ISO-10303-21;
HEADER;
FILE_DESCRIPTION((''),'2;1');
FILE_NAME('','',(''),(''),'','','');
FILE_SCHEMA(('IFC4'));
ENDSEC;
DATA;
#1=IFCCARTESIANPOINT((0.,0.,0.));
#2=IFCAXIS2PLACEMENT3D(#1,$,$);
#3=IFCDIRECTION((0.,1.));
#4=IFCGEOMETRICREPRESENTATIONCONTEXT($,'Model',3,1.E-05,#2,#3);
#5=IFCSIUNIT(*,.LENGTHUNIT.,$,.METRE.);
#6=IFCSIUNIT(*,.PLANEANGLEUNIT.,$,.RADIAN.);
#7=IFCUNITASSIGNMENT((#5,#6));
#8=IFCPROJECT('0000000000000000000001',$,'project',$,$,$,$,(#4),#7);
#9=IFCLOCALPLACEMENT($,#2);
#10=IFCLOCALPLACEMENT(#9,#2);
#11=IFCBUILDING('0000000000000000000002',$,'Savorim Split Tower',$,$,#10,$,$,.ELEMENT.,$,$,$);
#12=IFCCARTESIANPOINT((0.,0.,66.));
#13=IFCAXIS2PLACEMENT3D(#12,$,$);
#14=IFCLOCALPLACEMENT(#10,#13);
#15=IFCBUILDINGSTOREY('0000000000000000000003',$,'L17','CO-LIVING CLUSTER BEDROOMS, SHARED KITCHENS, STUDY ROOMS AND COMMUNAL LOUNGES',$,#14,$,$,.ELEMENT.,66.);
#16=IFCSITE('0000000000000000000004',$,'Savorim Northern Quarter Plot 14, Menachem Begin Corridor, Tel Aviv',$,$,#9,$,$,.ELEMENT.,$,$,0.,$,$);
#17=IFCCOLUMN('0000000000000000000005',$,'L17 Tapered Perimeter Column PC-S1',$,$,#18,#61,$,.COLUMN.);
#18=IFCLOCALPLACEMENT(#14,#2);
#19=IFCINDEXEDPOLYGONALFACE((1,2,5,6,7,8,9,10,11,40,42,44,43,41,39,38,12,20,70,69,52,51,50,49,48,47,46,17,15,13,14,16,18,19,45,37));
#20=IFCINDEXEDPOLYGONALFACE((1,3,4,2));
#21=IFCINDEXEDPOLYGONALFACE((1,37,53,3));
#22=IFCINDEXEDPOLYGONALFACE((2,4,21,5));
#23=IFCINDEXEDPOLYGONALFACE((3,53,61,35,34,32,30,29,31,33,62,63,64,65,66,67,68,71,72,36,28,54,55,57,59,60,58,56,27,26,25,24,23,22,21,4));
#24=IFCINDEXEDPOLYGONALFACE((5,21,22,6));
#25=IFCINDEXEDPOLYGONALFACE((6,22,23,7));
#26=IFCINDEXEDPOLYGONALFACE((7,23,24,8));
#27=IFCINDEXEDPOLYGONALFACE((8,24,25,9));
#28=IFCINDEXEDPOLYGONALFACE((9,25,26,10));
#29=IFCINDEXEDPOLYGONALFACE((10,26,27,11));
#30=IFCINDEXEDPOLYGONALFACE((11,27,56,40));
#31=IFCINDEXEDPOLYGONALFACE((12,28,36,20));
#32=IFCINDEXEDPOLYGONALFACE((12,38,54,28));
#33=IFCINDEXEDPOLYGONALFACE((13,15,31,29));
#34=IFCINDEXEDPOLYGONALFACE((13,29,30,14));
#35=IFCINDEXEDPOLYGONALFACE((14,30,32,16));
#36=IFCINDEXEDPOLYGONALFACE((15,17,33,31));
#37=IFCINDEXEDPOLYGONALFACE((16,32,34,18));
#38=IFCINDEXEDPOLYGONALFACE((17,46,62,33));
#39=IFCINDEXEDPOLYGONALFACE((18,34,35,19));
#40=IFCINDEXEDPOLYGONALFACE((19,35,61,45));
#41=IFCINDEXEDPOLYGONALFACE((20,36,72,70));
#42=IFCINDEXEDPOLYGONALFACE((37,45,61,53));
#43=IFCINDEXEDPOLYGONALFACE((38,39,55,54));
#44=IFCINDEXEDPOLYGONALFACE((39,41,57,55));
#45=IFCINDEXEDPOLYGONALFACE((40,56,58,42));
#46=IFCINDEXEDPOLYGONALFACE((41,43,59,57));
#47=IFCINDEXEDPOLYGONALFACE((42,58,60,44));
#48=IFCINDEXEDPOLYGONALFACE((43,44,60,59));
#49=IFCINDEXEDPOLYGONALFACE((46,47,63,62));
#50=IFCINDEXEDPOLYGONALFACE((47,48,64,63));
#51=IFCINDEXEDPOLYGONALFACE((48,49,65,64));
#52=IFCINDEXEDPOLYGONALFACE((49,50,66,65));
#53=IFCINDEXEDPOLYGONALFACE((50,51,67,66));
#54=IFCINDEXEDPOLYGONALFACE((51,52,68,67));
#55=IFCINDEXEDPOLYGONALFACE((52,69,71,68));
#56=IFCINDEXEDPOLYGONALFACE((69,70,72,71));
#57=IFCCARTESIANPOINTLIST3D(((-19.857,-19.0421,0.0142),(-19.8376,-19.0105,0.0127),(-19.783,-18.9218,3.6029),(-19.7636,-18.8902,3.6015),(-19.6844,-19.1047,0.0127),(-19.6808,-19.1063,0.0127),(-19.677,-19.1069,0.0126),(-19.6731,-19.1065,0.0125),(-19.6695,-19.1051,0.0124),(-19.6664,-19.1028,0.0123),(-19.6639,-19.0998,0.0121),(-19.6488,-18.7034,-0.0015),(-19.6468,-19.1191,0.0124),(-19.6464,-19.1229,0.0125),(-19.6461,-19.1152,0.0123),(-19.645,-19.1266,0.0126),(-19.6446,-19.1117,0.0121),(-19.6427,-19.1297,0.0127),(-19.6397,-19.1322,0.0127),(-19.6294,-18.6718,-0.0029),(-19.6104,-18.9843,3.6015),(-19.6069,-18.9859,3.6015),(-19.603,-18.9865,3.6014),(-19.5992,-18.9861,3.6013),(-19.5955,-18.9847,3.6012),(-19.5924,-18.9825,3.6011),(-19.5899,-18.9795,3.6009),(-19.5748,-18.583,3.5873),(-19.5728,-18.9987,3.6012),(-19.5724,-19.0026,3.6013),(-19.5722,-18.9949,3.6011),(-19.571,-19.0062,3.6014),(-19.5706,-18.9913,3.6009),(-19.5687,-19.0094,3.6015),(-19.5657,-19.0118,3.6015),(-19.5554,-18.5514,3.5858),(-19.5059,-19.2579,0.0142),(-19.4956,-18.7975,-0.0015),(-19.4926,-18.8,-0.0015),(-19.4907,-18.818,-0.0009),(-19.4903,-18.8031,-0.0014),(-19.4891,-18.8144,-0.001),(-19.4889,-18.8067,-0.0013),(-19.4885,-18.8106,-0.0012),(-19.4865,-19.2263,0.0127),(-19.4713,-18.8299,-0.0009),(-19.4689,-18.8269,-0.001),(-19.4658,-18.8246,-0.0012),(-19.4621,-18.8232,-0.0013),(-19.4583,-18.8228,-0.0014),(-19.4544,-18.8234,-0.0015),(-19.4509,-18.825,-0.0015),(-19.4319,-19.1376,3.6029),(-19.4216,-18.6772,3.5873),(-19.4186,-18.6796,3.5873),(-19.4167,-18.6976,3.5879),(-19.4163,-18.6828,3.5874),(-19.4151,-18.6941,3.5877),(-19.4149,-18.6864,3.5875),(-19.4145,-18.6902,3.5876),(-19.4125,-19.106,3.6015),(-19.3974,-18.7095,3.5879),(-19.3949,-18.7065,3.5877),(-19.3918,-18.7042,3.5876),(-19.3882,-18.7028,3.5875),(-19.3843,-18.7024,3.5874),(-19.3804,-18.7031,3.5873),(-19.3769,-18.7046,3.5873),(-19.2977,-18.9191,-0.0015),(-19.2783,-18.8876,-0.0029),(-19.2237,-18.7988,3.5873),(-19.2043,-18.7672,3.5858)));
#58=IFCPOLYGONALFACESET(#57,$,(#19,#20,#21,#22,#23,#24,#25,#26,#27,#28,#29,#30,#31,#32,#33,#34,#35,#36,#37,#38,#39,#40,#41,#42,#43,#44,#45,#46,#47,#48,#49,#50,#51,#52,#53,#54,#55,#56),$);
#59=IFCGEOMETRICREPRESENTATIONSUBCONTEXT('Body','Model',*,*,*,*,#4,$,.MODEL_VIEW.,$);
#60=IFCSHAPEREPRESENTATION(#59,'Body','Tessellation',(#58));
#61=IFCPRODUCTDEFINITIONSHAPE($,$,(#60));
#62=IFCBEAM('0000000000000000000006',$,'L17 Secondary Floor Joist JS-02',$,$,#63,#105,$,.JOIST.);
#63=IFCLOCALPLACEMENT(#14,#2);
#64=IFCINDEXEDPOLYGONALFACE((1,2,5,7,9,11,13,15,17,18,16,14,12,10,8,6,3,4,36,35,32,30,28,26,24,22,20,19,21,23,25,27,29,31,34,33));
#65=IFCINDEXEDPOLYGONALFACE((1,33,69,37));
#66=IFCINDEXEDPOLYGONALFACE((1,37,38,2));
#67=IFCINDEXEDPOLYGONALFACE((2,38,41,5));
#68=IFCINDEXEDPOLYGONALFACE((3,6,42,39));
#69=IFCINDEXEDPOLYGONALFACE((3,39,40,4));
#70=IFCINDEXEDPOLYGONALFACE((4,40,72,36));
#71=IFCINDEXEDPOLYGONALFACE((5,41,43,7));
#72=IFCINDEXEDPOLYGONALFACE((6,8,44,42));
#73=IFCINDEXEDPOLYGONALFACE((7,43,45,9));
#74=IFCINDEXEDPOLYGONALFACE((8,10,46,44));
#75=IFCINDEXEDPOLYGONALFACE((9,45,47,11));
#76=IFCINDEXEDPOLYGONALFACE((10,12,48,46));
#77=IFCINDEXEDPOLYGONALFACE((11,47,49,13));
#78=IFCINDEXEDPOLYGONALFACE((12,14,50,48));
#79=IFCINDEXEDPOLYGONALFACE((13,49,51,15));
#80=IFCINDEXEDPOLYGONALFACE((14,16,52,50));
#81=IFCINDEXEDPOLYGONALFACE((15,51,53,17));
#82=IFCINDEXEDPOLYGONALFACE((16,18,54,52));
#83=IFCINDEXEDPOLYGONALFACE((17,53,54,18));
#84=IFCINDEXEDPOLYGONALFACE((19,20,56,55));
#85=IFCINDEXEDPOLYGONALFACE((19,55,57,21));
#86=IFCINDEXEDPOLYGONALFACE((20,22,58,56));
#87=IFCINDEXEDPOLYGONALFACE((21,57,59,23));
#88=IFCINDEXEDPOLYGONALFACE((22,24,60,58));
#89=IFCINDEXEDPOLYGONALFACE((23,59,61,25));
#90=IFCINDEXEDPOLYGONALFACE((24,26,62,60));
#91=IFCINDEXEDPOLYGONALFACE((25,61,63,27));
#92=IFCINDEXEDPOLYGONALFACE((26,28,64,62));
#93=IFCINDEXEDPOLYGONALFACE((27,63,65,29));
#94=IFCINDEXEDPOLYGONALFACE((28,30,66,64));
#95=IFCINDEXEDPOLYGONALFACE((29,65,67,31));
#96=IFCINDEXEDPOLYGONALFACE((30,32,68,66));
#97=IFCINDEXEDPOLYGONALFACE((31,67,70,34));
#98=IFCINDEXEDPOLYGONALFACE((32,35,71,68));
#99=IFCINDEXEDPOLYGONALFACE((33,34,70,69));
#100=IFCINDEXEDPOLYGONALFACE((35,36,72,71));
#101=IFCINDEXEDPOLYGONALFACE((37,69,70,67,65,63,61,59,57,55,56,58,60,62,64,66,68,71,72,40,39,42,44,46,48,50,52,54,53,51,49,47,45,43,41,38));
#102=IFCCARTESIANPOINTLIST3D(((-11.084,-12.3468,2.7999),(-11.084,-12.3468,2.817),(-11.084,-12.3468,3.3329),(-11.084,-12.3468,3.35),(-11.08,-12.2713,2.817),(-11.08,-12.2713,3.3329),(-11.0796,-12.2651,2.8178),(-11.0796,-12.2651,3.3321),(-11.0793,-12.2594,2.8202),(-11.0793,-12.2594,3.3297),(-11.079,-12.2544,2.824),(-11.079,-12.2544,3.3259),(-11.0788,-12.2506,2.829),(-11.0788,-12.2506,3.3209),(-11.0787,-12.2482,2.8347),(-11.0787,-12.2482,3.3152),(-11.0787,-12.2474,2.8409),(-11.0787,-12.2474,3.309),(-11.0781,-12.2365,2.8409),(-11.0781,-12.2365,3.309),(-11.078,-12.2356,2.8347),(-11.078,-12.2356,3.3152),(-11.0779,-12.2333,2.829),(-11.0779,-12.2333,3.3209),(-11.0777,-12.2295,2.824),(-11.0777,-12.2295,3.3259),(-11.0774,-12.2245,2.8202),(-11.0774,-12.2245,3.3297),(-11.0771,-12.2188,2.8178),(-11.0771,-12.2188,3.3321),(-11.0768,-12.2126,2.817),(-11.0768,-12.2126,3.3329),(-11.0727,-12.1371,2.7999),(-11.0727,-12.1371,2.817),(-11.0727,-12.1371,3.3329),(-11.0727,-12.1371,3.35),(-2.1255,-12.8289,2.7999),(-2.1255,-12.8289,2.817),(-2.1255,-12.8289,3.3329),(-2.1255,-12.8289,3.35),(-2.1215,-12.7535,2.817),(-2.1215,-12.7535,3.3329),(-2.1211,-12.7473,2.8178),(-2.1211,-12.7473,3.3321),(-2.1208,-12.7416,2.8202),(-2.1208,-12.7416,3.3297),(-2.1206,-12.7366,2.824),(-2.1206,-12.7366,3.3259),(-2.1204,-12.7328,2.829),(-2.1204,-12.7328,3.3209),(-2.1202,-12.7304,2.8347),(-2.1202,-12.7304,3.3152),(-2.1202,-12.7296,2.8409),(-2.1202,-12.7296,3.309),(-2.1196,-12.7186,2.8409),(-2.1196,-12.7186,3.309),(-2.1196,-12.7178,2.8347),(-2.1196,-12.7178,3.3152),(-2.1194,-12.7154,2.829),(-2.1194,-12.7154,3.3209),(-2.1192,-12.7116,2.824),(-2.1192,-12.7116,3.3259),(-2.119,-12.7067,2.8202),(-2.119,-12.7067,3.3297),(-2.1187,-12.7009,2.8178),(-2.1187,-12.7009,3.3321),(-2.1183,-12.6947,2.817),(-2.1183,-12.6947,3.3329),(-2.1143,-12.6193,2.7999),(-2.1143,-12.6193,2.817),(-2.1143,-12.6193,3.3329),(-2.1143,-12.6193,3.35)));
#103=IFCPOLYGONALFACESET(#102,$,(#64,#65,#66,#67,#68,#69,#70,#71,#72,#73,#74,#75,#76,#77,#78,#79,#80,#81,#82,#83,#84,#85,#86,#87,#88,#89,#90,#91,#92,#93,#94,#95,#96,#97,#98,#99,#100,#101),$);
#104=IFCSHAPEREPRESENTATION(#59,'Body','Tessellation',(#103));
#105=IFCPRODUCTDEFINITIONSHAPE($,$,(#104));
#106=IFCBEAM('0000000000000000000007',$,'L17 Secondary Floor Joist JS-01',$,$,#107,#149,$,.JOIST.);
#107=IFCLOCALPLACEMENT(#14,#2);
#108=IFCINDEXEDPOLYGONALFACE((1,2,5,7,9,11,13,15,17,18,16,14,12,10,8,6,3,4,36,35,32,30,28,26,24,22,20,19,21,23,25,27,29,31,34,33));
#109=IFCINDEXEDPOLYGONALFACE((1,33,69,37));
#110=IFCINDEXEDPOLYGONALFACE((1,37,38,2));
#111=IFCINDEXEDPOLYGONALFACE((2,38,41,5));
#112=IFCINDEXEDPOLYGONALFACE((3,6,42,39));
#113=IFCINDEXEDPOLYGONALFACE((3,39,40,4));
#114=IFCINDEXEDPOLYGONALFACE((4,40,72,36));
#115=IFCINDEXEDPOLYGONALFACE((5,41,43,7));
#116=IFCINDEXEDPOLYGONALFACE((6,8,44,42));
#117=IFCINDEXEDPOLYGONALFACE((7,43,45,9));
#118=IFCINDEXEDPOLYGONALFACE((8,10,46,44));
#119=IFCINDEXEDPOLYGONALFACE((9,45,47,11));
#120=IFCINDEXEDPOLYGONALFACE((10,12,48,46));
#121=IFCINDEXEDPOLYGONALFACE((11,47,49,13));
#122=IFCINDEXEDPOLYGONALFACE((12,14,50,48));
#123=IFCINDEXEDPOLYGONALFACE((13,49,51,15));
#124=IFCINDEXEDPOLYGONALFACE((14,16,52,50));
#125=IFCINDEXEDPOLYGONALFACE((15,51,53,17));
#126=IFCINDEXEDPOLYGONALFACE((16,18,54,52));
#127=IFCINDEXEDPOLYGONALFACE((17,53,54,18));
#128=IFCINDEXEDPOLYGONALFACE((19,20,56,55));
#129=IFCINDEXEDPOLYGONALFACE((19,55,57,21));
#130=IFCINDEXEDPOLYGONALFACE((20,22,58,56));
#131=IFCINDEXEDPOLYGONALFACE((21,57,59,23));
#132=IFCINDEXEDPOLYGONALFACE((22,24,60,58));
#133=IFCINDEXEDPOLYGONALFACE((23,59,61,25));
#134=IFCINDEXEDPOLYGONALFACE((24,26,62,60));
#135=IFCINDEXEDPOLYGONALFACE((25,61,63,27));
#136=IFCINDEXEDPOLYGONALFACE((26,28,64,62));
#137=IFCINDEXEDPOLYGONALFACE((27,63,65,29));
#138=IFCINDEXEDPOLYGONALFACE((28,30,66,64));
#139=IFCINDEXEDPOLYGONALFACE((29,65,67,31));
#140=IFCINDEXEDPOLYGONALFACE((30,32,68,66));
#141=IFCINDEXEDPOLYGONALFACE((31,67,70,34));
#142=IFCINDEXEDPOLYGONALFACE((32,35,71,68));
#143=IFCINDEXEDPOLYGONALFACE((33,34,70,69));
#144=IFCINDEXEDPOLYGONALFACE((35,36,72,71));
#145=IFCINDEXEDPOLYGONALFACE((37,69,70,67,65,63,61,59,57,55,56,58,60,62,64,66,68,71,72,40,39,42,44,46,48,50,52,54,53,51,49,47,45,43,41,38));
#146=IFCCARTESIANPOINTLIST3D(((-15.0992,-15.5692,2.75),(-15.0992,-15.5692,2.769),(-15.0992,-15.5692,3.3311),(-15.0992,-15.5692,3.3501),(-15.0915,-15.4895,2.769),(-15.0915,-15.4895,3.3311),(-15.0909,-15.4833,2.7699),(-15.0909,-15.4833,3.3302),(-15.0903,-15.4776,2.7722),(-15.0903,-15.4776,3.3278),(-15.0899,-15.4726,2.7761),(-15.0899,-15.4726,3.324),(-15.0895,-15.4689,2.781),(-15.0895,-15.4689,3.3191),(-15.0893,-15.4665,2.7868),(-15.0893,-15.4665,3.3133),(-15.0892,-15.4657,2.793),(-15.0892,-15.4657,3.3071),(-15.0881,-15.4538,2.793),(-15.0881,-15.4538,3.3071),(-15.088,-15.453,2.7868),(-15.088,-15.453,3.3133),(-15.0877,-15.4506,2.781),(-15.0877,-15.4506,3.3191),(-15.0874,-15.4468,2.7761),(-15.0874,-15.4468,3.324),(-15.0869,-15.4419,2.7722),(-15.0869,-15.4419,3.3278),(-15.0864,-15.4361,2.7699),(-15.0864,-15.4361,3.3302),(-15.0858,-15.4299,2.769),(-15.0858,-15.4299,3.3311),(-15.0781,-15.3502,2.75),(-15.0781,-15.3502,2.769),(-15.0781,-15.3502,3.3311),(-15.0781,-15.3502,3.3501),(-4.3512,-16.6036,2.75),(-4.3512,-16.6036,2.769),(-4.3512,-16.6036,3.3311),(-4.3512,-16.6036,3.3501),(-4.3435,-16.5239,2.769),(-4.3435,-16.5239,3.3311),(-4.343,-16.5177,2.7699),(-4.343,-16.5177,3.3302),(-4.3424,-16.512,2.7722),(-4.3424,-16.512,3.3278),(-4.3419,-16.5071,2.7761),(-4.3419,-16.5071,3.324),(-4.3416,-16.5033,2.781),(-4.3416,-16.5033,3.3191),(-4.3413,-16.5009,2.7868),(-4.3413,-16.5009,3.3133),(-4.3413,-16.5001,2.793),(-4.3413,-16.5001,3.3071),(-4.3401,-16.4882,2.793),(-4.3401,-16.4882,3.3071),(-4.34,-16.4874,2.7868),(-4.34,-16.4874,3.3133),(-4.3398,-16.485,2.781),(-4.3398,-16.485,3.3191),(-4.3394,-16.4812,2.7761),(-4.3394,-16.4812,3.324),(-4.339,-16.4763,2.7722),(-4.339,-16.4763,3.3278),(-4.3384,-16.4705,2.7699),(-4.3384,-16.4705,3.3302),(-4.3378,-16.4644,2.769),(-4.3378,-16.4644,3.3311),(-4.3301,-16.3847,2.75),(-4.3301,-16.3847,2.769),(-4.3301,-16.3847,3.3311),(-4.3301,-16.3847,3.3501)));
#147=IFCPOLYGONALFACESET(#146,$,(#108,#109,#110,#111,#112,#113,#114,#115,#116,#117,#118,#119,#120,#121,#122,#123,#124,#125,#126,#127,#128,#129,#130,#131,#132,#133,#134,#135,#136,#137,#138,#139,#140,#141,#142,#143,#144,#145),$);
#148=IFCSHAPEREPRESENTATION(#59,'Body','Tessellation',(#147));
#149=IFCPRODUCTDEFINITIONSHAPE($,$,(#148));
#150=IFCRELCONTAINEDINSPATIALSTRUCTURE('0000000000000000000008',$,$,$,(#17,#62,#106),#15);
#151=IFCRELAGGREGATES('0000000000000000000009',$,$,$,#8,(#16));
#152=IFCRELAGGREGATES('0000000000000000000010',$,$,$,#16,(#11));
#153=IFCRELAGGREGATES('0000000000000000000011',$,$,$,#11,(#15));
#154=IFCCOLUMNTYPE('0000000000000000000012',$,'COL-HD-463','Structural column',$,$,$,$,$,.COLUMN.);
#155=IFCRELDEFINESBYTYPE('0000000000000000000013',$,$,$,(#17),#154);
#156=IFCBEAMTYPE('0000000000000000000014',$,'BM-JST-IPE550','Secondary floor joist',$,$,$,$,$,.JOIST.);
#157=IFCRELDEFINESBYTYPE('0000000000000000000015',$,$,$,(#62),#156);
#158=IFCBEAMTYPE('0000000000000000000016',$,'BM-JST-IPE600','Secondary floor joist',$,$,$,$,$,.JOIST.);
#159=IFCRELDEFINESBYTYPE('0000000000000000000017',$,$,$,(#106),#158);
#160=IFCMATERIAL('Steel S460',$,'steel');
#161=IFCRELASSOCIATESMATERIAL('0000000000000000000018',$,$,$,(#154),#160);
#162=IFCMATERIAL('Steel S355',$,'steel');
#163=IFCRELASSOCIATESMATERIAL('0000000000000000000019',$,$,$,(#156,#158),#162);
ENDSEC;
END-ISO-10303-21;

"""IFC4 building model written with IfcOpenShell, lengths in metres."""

from ifc_helpers import new_model, si_unit, direction, frame, origin, origin_2d, place, context, subcontext, project, spatial, i_section, extrude, material, material_profile, profile_set, type_object, element, save


model = new_model("IFC4")

# Units and contexts
model_context = context("Model", 3, precision=1e-05, world=origin(), true_north=direction((0.0, 1.0)))
body_context = subcontext(model_context, "Body", "Model", "MODEL_VIEW")
ifc_project = project(units=[si_unit("LENGTHUNIT", "METRE"), si_unit("PLANEANGLEUNIT", "RADIAN")], contexts=[model_context])

# Site, building, storey
site_placement = place(None, origin())
site = spatial("IfcSite", under=ifc_project, at=site_placement, Name="Savorim Northern Quarter Plot 14, Menachem Begin Corridor, Tel Aviv", CompositionType="ELEMENT", RefElevation=0.0)
building_placement = place(site_placement, origin())
building = spatial("IfcBuilding", under=site, at=building_placement, Name="Savorim Split Tower", CompositionType="ELEMENT")
storey_placement = place(building_placement, frame((0.0, 0.0, 66.0)))
storey = spatial("IfcBuildingStorey", under=building, at=storey_placement, Name="L17", Description="CO-LIVING CLUSTER BEDROOMS, SHARED KITCHENS, STUDY ROOMS AND COMMUNAL LOUNGES", CompositionType="ELEMENT", Elevation=66.0)

# Column
ifc_material_1 = material(Name="Steel S460", Category="steel")
ifc_material_profile_1 = material_profile(ifc_material_1, i_section(OverallWidth=0.4121, OverallDepth=0.4351, WebThickness=0.0227, FlangeThickness=0.0371, FilletRadius=0.0149, at=origin_2d()), Name="HD 400x463")
ifc_profile_set_1 = profile_set([ifc_material_profile_1], Name="Steel S460")
column_type = type_object("IfcColumnType", Name="COL-HD-463", Description="Structural column", PredefinedType="COLUMN", material=ifc_profile_set_1)
column_placement = place(storey_placement, frame((-19.5676, -18.9648, 0.0056), z_axis=(0.020596, 0.033511, 0.999226), x_axis=(-0.851955, 0.523615, 0.0)))
element("IfcColumn", 1, at=column_placement, inside=storey, type_object=column_type, Name="L17 Tapered Perimeter Column PC-S1", PredefinedType="COLUMN", context=body_context, shape_type="SweptSolid", body=[
    extrude(i_section(OverallWidth=0.4121, OverallDepth=0.4351, WebThickness=0.0227, FlangeThickness=0.0371, FilletRadius=0.0149, at=origin_2d()), origin(), (0.0, 0.0, 1.0), 3.5916),
])

# Beams
ifc_material_2 = material(Name="Steel S355", Category="steel")
ifc_material_profile_2 = material_profile(ifc_material_2, i_section(OverallWidth=0.21, OverallDepth=0.55, WebThickness=0.011, FlangeThickness=0.0171, FilletRadius=0.0239, at=origin_2d()), Name="IPE 550")
ifc_profile_set_2 = profile_set([ifc_material_profile_2], Name="Steel S355")
beam_type_1 = type_object("IfcBeamType", Name="BM-JST-IPE550", Description="Secondary floor joist", PredefinedType="JOIST", material=ifc_profile_set_2)
beam_1_placement = place(storey_placement, frame((-11.0784, -12.2419, 3.075), z_axis=(0.998555, -0.053746, 0.0), x_axis=(0.053746, 0.998555, 0.0)))
element("IfcBeam", 2, at=beam_1_placement, inside=storey, type_object=beam_type_1, Name="L17 Secondary Floor Joist JS-02", PredefinedType="JOIST", context=body_context, shape_type="SweptSolid", body=[
    extrude(i_section(OverallWidth=0.21, OverallDepth=0.55, WebThickness=0.011, FlangeThickness=0.0171, FilletRadius=0.0239, at=origin_2d()), origin(), (0.0, 0.0, 1.0), 8.9714),
])
ifc_material_profile_3 = material_profile(ifc_material_2, i_section(OverallWidth=0.22, OverallDepth=0.6001, WebThickness=0.012, FlangeThickness=0.019, FilletRadius=0.0239, at=origin_2d()), Name="IPE 600")
ifc_profile_set_3 = profile_set([ifc_material_profile_3], Name="Steel S355")
beam_type_2 = type_object("IfcBeamType", Name="BM-JST-IPE600", Description="Secondary floor joist", PredefinedType="JOIST", material=ifc_profile_set_3)
beam_2_placement = place(storey_placement, frame((-15.0886, -15.4597, 3.05), z_axis=(0.995401, -0.0958, 0.0), x_axis=(0.0958, 0.995401, 0.0)))
element("IfcBeam", 3, at=beam_2_placement, inside=storey, type_object=beam_type_2, Name="L17 Secondary Floor Joist JS-01", PredefinedType="JOIST", context=body_context, shape_type="SweptSolid", body=[
    extrude(i_section(OverallWidth=0.22, OverallDepth=0.6001, WebThickness=0.012, FlangeThickness=0.019, FilletRadius=0.0239, at=origin_2d()), origin(), (0.0, 0.0, 1.0), 10.7976),
])

save(model, "model.ifc")
